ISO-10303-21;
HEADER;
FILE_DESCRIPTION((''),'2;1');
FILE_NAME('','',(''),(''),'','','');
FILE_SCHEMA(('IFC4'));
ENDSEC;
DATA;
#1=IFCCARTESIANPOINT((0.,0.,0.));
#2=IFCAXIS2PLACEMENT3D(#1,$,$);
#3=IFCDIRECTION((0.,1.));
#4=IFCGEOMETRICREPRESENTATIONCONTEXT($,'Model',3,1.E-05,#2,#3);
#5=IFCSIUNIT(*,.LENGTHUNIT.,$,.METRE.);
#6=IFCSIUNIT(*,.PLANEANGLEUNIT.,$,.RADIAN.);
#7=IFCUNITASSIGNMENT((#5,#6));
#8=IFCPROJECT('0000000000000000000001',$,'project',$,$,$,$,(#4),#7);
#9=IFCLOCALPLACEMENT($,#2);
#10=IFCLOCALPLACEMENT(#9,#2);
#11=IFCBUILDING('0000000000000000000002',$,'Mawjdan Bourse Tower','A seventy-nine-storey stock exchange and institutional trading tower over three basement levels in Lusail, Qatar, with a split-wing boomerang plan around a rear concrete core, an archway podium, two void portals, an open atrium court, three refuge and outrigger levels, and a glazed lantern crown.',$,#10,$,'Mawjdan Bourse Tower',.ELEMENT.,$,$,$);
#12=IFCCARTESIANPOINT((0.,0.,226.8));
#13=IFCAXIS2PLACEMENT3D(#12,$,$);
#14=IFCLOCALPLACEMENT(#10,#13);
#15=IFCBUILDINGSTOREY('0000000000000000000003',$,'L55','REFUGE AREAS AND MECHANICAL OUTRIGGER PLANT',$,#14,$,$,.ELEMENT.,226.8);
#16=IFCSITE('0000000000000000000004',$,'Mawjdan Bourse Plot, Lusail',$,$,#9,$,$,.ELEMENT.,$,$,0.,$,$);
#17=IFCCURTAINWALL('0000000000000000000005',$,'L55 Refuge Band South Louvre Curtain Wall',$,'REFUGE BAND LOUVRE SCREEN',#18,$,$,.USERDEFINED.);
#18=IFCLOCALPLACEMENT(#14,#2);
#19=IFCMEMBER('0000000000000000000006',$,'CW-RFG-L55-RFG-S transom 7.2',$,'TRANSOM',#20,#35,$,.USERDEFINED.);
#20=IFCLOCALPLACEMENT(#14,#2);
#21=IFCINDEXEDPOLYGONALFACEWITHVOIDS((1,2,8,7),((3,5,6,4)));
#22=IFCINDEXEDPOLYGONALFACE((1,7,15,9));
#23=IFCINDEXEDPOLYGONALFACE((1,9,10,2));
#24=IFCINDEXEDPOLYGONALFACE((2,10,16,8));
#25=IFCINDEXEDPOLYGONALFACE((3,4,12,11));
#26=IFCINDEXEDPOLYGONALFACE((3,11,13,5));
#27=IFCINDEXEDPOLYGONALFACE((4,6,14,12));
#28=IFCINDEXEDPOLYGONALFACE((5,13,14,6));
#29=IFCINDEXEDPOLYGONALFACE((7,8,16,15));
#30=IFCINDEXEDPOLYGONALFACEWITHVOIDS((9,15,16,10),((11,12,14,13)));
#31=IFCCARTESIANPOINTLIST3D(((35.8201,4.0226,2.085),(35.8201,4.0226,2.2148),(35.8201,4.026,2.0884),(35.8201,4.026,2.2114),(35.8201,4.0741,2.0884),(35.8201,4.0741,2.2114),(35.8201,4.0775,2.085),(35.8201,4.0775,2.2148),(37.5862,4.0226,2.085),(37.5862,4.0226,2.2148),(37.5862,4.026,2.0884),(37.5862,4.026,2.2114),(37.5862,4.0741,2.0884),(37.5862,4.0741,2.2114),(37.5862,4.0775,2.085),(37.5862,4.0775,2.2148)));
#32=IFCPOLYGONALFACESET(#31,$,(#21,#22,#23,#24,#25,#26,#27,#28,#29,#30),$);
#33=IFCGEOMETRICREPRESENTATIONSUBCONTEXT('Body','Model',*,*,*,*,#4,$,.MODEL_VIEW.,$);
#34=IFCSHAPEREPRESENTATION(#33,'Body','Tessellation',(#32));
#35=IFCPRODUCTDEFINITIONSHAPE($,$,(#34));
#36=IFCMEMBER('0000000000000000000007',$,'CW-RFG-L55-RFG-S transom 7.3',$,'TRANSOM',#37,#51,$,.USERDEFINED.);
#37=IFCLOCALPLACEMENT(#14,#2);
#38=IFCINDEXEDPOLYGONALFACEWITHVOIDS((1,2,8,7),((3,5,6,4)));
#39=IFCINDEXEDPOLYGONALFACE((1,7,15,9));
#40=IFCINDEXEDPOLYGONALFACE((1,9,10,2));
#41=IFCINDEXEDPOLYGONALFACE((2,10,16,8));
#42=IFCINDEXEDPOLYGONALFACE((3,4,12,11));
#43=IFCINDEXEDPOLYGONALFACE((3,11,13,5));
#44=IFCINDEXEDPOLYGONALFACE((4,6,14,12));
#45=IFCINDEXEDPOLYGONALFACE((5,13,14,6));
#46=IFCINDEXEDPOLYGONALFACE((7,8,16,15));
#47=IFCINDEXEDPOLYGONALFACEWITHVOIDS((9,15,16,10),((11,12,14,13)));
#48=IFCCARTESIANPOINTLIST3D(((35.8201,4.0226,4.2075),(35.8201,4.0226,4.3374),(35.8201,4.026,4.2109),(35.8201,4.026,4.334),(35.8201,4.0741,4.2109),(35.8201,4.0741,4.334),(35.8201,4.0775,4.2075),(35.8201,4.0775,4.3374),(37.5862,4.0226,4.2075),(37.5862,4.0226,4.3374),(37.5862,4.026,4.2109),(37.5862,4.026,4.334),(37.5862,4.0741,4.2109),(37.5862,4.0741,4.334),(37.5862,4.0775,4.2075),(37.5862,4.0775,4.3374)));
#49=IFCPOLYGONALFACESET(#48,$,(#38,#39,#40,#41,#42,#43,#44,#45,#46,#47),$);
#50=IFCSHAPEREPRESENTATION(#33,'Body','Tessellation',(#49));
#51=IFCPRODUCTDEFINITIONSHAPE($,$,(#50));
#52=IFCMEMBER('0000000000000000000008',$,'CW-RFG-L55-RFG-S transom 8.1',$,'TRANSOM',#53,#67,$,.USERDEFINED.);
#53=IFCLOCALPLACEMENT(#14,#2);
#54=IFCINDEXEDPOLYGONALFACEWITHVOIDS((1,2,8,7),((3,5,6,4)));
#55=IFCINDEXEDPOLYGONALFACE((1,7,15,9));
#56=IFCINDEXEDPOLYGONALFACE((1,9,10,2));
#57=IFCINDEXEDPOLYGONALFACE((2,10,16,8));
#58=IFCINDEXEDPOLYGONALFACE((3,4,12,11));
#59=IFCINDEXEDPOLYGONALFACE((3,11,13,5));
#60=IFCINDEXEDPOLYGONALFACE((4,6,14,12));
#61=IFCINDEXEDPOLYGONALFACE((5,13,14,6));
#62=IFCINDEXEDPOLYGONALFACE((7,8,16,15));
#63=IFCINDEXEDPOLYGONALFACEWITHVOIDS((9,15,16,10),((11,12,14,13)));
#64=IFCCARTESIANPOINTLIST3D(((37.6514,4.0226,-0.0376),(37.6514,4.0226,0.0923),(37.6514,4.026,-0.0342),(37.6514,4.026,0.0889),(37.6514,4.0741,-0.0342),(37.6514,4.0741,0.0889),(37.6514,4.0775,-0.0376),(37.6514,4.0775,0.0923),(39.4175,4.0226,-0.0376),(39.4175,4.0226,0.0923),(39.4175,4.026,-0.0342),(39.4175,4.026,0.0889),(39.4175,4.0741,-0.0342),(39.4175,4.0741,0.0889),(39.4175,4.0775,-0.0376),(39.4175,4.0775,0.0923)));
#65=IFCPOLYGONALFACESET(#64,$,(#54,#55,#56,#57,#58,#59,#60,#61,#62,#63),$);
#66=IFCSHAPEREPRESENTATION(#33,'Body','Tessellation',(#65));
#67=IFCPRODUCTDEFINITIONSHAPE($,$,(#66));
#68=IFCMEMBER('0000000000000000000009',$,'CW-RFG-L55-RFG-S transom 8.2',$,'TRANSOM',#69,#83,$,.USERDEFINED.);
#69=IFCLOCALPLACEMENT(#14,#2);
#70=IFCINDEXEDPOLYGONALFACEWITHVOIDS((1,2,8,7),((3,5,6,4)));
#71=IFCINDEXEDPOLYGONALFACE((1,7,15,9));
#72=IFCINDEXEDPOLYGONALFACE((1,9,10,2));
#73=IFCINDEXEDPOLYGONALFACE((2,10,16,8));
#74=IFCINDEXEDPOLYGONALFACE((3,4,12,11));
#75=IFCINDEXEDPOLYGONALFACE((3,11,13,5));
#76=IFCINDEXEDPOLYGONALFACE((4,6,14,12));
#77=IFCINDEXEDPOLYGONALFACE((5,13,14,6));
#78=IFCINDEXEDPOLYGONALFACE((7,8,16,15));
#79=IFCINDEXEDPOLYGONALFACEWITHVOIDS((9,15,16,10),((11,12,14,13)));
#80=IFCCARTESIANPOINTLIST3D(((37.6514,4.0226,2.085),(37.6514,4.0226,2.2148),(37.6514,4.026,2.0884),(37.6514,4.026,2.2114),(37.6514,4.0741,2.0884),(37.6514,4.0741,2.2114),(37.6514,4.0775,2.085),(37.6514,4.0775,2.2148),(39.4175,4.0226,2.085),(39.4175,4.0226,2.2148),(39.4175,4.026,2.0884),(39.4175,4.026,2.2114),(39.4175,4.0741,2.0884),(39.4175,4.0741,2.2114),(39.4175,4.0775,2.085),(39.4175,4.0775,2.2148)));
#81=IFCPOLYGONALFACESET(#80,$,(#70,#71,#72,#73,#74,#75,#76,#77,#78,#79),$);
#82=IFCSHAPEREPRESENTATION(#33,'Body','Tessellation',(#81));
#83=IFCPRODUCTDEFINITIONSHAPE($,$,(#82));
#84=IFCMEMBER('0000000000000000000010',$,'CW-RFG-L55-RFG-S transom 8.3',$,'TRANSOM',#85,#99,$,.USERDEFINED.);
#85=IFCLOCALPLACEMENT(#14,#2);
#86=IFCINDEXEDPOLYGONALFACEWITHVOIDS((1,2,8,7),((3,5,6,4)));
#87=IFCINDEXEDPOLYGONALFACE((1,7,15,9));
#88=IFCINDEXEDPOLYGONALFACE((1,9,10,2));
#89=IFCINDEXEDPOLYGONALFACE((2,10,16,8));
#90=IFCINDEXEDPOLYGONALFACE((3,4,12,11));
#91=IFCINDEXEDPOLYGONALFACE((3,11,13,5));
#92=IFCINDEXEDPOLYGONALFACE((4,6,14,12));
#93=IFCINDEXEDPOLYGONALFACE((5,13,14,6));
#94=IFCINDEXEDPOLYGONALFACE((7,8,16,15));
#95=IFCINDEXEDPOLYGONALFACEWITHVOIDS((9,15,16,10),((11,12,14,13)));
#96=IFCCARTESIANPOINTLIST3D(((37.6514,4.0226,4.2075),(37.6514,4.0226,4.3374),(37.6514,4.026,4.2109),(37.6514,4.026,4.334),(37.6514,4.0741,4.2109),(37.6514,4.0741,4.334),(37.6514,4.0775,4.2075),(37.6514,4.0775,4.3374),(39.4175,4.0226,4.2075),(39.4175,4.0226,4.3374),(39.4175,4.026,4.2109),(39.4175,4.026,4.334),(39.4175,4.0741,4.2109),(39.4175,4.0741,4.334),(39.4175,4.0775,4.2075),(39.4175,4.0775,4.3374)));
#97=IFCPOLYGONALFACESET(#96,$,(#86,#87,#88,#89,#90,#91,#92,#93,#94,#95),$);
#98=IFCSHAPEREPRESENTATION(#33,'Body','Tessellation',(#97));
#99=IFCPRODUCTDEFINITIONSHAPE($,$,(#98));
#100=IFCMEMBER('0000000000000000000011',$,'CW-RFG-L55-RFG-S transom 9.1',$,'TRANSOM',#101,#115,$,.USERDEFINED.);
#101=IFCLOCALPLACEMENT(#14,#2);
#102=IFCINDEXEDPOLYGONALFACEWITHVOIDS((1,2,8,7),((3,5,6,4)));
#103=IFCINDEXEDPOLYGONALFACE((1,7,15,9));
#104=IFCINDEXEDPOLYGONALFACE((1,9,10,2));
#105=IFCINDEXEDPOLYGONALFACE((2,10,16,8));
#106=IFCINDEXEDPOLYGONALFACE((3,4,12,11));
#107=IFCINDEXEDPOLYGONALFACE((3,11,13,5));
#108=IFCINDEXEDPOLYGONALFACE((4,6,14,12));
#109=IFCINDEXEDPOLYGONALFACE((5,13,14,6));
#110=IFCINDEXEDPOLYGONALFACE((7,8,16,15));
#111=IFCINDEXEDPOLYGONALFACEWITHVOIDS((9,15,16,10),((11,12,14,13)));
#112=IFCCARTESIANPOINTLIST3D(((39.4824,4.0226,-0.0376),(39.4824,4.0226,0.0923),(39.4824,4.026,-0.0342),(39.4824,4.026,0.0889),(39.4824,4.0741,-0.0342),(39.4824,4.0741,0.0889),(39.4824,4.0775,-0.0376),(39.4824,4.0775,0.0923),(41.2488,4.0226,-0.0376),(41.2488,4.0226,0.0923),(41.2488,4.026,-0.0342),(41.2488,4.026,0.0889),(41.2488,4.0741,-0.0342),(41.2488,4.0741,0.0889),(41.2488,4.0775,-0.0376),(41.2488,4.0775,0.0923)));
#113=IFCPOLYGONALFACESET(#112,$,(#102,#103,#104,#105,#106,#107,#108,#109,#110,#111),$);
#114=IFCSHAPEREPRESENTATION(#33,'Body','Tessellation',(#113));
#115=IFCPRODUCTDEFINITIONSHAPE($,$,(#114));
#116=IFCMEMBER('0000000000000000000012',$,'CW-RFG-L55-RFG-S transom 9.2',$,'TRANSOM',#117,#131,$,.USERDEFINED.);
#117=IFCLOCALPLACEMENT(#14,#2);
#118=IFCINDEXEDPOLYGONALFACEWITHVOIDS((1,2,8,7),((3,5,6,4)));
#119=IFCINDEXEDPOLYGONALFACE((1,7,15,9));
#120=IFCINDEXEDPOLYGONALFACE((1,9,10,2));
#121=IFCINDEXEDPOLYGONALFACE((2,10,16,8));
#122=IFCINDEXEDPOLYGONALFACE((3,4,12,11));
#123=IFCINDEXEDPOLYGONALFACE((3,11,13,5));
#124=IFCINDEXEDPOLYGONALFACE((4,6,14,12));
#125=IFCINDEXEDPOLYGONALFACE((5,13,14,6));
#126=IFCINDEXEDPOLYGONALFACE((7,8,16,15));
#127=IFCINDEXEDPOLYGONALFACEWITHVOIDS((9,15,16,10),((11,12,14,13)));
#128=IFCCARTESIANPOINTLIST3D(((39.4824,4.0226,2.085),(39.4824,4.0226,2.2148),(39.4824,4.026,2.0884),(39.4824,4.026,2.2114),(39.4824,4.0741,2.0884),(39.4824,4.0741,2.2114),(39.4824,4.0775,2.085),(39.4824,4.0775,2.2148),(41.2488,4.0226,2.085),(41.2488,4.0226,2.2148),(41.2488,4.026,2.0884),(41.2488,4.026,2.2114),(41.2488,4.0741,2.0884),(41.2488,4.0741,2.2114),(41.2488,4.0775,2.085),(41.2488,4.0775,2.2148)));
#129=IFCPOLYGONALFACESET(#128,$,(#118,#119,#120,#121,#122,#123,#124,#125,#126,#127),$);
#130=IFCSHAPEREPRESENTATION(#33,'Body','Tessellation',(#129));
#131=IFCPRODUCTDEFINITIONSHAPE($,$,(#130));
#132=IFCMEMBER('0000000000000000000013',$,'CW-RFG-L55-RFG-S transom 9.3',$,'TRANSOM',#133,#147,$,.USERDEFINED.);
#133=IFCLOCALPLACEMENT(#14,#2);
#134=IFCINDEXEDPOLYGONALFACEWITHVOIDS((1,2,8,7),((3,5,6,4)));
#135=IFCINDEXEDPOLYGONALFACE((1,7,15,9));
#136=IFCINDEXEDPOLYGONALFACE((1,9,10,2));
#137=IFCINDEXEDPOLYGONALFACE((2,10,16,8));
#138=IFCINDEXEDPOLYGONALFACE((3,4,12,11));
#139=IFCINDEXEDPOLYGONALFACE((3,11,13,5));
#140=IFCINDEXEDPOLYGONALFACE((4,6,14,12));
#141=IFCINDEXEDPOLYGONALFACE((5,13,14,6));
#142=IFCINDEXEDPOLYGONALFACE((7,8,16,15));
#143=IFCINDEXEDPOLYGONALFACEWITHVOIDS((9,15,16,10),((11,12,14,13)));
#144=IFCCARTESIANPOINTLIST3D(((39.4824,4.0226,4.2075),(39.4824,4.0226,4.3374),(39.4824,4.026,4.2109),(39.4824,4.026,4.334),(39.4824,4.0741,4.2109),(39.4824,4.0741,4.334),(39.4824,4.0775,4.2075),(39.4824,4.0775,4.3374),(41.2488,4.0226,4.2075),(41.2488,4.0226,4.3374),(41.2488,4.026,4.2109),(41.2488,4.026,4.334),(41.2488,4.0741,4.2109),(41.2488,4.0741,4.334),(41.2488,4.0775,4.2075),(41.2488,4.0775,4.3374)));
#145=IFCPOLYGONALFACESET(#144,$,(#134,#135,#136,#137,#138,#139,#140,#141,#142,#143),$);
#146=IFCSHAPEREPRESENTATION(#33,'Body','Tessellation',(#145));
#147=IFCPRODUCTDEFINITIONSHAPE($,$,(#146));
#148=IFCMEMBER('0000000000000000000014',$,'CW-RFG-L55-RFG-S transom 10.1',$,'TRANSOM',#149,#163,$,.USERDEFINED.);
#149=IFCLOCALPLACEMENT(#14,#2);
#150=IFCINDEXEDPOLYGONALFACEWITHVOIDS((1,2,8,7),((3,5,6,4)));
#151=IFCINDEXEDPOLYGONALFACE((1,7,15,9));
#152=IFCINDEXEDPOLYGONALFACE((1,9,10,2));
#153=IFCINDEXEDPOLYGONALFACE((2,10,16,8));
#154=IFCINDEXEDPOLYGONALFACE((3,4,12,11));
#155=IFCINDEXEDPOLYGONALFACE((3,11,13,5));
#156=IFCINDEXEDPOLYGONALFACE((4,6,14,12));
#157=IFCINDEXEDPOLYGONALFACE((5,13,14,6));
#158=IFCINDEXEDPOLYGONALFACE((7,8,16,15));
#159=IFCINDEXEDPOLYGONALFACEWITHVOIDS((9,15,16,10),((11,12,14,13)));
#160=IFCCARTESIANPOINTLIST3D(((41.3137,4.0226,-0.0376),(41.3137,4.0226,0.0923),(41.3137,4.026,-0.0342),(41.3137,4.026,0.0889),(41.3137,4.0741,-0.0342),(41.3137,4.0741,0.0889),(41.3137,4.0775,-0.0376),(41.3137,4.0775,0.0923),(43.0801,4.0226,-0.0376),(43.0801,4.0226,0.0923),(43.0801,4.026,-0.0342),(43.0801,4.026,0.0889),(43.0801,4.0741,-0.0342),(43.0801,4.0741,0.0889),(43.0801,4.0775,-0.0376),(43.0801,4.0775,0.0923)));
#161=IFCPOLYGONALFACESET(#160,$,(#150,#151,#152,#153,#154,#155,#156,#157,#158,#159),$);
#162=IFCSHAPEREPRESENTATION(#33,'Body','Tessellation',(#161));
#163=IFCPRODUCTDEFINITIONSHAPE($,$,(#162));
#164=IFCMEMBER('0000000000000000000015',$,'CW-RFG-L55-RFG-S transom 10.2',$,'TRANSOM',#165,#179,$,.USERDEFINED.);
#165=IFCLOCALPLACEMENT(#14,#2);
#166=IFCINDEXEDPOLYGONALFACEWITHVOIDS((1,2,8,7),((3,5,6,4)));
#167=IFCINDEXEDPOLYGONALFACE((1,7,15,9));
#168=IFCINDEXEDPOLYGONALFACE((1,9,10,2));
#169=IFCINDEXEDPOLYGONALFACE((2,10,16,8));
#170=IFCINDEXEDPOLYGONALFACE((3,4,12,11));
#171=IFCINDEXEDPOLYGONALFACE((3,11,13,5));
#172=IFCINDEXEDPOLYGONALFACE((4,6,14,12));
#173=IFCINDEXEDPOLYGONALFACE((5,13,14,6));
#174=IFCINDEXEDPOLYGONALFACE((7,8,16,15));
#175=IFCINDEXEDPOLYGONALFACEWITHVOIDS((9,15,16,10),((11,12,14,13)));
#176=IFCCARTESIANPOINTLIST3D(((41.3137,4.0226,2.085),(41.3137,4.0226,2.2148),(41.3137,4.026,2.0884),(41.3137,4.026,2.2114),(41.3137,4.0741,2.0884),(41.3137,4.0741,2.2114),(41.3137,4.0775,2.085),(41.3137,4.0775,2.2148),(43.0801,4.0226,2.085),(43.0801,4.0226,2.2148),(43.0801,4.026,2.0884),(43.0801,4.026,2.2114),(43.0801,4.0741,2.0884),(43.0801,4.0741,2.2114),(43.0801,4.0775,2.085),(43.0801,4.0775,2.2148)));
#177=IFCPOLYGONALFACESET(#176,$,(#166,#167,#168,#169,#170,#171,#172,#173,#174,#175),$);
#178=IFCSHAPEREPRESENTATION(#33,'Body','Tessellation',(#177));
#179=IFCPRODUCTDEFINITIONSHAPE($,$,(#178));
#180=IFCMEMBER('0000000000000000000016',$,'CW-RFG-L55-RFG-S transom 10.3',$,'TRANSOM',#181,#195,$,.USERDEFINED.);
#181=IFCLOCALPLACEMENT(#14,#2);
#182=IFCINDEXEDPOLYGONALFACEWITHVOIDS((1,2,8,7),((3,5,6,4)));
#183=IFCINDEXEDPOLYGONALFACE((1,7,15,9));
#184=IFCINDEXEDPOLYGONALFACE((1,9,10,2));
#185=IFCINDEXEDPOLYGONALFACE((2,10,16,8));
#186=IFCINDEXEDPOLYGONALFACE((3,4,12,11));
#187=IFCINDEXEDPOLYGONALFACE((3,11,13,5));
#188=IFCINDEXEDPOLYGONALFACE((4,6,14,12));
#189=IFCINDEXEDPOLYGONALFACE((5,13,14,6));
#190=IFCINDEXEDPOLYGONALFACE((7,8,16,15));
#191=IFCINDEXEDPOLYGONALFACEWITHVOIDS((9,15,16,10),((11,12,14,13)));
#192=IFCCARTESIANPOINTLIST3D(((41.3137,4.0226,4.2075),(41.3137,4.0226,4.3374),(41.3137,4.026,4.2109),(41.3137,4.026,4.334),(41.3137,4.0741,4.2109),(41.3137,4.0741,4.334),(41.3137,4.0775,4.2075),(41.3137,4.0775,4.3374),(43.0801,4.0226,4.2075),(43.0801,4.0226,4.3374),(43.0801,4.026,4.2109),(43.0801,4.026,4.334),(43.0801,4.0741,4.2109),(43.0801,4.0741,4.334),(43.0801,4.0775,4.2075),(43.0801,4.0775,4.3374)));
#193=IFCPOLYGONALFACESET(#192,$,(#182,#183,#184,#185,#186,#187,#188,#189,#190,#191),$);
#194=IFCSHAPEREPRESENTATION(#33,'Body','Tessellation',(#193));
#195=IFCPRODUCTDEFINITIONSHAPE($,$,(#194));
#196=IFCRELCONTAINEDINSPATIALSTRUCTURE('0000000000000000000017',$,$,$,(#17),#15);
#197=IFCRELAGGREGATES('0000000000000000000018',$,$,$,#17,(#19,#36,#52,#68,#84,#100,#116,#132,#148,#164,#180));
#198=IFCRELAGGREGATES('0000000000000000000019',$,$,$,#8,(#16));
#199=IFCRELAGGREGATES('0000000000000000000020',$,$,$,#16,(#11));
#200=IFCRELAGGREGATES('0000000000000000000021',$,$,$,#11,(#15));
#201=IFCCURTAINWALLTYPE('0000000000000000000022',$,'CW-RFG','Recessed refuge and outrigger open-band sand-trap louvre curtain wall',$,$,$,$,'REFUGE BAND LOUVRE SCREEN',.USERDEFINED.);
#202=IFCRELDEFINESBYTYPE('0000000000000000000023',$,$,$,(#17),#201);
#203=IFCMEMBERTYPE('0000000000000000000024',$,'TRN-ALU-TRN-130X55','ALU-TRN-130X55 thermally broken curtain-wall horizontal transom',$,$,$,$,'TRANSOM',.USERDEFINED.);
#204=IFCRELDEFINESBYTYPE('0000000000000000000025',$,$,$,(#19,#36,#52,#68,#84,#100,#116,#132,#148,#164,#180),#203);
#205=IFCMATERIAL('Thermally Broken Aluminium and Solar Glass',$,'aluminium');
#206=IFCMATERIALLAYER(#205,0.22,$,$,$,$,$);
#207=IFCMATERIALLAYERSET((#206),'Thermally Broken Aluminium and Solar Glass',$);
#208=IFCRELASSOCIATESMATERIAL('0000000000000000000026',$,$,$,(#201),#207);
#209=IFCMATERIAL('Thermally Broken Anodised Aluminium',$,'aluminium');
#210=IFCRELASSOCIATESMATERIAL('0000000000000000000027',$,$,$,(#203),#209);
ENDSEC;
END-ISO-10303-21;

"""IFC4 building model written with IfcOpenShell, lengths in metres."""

from ifc_helpers import new_model, si_unit, direction, frame, origin, origin_2d, place, context, subcontext, project, spatial, hollow_rectangle, extrude, material, layer, layer_set, material_profile, profile_set, type_object, element, aggregate, save


model = new_model("IFC4")

# Units and contexts
model_context = context("Model", 3, precision=1e-05, world=origin(), true_north=direction((0.0, 1.0)))
body_context = subcontext(model_context, "Body", "Model", "MODEL_VIEW")
ifc_project = project(units=[si_unit("LENGTHUNIT", "METRE"), si_unit("PLANEANGLEUNIT", "RADIAN")], contexts=[model_context])

# Site, building, storey
site_placement = place(None, origin())
site = spatial("IfcSite", under=ifc_project, at=site_placement, Name="Mawjdan Bourse Plot, Lusail", CompositionType="ELEMENT", RefElevation=0.0)
building_placement = place(site_placement, origin())
building = spatial("IfcBuilding", under=site, at=building_placement, Name="Mawjdan Bourse Tower", Description="A seventy-nine-storey stock exchange and institutional trading tower over three basement levels in Lusail, Qatar, with a split-wing boomerang plan around a rear concrete core, an archway podium, two void portals, an open atrium court, three refuge and outrigger levels, and a glazed lantern crown.", LongName="Mawjdan Bourse Tower", CompositionType="ELEMENT")
storey_placement = place(building_placement, frame((0.0, 0.0, 226.8)))
storey = spatial("IfcBuildingStorey", under=building, at=storey_placement, Name="L55", Description="REFUGE AREAS AND MECHANICAL OUTRIGGER PLANT", CompositionType="ELEMENT", Elevation=226.8)

# Curtain wall, members
ifc_material_1 = material(Name="Thermally Broken Aluminium and Solar Glass", Category="aluminium")
ifc_layer_1 = layer(ifc_material_1, 0.22)
ifc_layer_set_1 = layer_set([ifc_layer_1], Name="Thermally Broken Aluminium and Solar Glass")
curtain_wall_type = type_object("IfcCurtainWallType", Name="CW-RFG", Description="Recessed refuge and outrigger open-band sand-trap louvre curtain wall", ElementType="REFUGE BAND LOUVRE SCREEN", PredefinedType="USERDEFINED", material=ifc_layer_set_1)
curtain_wall_placement = place(storey_placement, origin())
curtain_wall = element("IfcCurtainWall", 1, at=curtain_wall_placement, inside=storey, type_object=curtain_wall_type, Name="L55 Refuge Band South Louvre Curtain Wall", ObjectType="REFUGE BAND LOUVRE SCREEN", PredefinedType="USERDEFINED")
ifc_material_2 = material(Name="Thermally Broken Anodised Aluminium", Category="aluminium")
ifc_material_profile_1 = material_profile(ifc_material_2, hollow_rectangle(XDim=0.0549, YDim=0.1299, WallThickness=0.0034, at=origin_2d()), Name="ALU-TRN-130X55")
ifc_profile_set_1 = profile_set([ifc_material_profile_1], Name="Thermally Broken Anodised Aluminium")
member_type_1 = type_object("IfcMemberType", Name="TRN-ALU-TRN-130X55", Description="ALU-TRN-130X55 thermally broken curtain-wall horizontal transom", ElementType="TRANSOM", PredefinedType="USERDEFINED", material=ifc_profile_set_1)
member_1_placement = place(storey_placement, frame((35.8201, 4.05, 2.1499), z_axis=(1.0, 0.0, 0.0), x_axis=(0.0, 1.0, 0.0)))
member_1 = element("IfcMember", 2, at=member_1_placement, type_object=member_type_1, Name="CW-RFG-L55-RFG-S transom 7.2", ObjectType="TRANSOM", PredefinedType="USERDEFINED", context=body_context, shape_type="SweptSolid", body=[
    extrude(hollow_rectangle(XDim=0.0549, YDim=0.1299, WallThickness=0.0034, at=origin_2d()), origin(), (0.0, 0.0, 1.0), 1.7661),
])
member_2_placement = place(storey_placement, frame((35.8201, 4.05, 4.2725), z_axis=(1.0, 0.0, 0.0), x_axis=(0.0, 1.0, 0.0)))
member_2 = element("IfcMember", 3, at=member_2_placement, type_object=member_type_1, Name="CW-RFG-L55-RFG-S transom 7.3", ObjectType="TRANSOM", PredefinedType="USERDEFINED", context=body_context, shape_type="SweptSolid", body=[
    extrude(hollow_rectangle(XDim=0.0549, YDim=0.1299, WallThickness=0.0034, at=origin_2d()), origin(), (0.0, 0.0, 1.0), 1.7661),
])
member_3_placement = place(storey_placement, frame((37.6514, 4.05, 0.0273), z_axis=(1.0, 0.0, 0.0), x_axis=(0.0, 1.0, 0.0)))
member_3 = element("IfcMember", 4, at=member_3_placement, type_object=member_type_1, Name="CW-RFG-L55-RFG-S transom 8.1", ObjectType="TRANSOM", PredefinedType="USERDEFINED", context=body_context, shape_type="SweptSolid", body=[
    extrude(hollow_rectangle(XDim=0.0549, YDim=0.1299, WallThickness=0.0034, at=origin_2d()), origin(), (0.0, 0.0, 1.0), 1.7661),
])
member_4_placement = place(storey_placement, frame((37.6514, 4.05, 2.1499), z_axis=(1.0, 0.0, 0.0), x_axis=(0.0, 1.0, 0.0)))
member_4 = element("IfcMember", 5, at=member_4_placement, type_object=member_type_1, Name="CW-RFG-L55-RFG-S transom 8.2", ObjectType="TRANSOM", PredefinedType="USERDEFINED", context=body_context, shape_type="SweptSolid", body=[
    extrude(hollow_rectangle(XDim=0.0549, YDim=0.1299, WallThickness=0.0034, at=origin_2d()), origin(), (0.0, 0.0, 1.0), 1.7661),
])
member_5_placement = place(storey_placement, frame((37.6514, 4.05, 4.2725), z_axis=(1.0, 0.0, 0.0), x_axis=(0.0, 1.0, 0.0)))
member_5 = element("IfcMember", 6, at=member_5_placement, type_object=member_type_1, Name="CW-RFG-L55-RFG-S transom 8.3", ObjectType="TRANSOM", PredefinedType="USERDEFINED", context=body_context, shape_type="SweptSolid", body=[
    extrude(hollow_rectangle(XDim=0.0549, YDim=0.1299, WallThickness=0.0034, at=origin_2d()), origin(), (0.0, 0.0, 1.0), 1.7661),
])
member_6_placement = place(storey_placement, frame((39.4824, 4.05, 0.0273), z_axis=(1.0, 0.0, 0.0), x_axis=(0.0, 1.0, 0.0)))
member_6 = element("IfcMember", 7, at=member_6_placement, type_object=member_type_1, Name="CW-RFG-L55-RFG-S transom 9.1", ObjectType="TRANSOM", PredefinedType="USERDEFINED", context=body_context, shape_type="SweptSolid", body=[
    extrude(hollow_rectangle(XDim=0.0549, YDim=0.1299, WallThickness=0.0034, at=origin_2d()), origin(), (0.0, 0.0, 1.0), 1.7664),
])
member_7_placement = place(storey_placement, frame((39.4824, 4.05, 2.1499), z_axis=(1.0, 0.0, 0.0), x_axis=(0.0, 1.0, 0.0)))
member_7 = element("IfcMember", 8, at=member_7_placement, type_object=member_type_1, Name="CW-RFG-L55-RFG-S transom 9.2", ObjectType="TRANSOM", PredefinedType="USERDEFINED", context=body_context, shape_type="SweptSolid", body=[
    extrude(hollow_rectangle(XDim=0.0549, YDim=0.1299, WallThickness=0.0034, at=origin_2d()), origin(), (0.0, 0.0, 1.0), 1.7664),
])
member_8_placement = place(storey_placement, frame((39.4824, 4.05, 4.2725), z_axis=(1.0, 0.0, 0.0), x_axis=(0.0, 1.0, 0.0)))
member_8 = element("IfcMember", 9, at=member_8_placement, type_object=member_type_1, Name="CW-RFG-L55-RFG-S transom 9.3", ObjectType="TRANSOM", PredefinedType="USERDEFINED", context=body_context, shape_type="SweptSolid", body=[
    extrude(hollow_rectangle(XDim=0.0549, YDim=0.1299, WallThickness=0.0034, at=origin_2d()), origin(), (0.0, 0.0, 1.0), 1.7664),
])
member_9_placement = place(storey_placement, frame((41.3137, 4.05, 0.0273), z_axis=(1.0, 0.0, 0.0), x_axis=(0.0, 1.0, 0.0)))
member_9 = element("IfcMember", 10, at=member_9_placement, type_object=member_type_1, Name="CW-RFG-L55-RFG-S transom 10.1", ObjectType="TRANSOM", PredefinedType="USERDEFINED", context=body_context, shape_type="SweptSolid", body=[
    extrude(hollow_rectangle(XDim=0.0549, YDim=0.1299, WallThickness=0.0034, at=origin_2d()), origin(), (0.0, 0.0, 1.0), 1.7664),
])
member_10_placement = place(storey_placement, frame((41.3137, 4.05, 2.1499), z_axis=(1.0, 0.0, 0.0), x_axis=(0.0, 1.0, 0.0)))
member_10 = element("IfcMember", 11, at=member_10_placement, type_object=member_type_1, Name="CW-RFG-L55-RFG-S transom 10.2", ObjectType="TRANSOM", PredefinedType="USERDEFINED", context=body_context, shape_type="SweptSolid", body=[
    extrude(hollow_rectangle(XDim=0.0549, YDim=0.1299, WallThickness=0.0034, at=origin_2d()), origin(), (0.0, 0.0, 1.0), 1.7664),
])
member_11_placement = place(storey_placement, frame((41.3137, 4.05, 4.2725), z_axis=(1.0, 0.0, 0.0), x_axis=(0.0, 1.0, 0.0)))
member_11 = element("IfcMember", 12, at=member_11_placement, type_object=member_type_1, Name="CW-RFG-L55-RFG-S transom 10.3", ObjectType="TRANSOM", PredefinedType="USERDEFINED", context=body_context, shape_type="SweptSolid", body=[
    extrude(hollow_rectangle(XDim=0.0549, YDim=0.1299, WallThickness=0.0034, at=origin_2d()), origin(), (0.0, 0.0, 1.0), 1.7664),
])

aggregate(curtain_wall, [member_1, member_2, member_3, member_4, member_5, member_6, member_7, member_8, member_9, member_10, member_11])

save(model, "model.ifc")
